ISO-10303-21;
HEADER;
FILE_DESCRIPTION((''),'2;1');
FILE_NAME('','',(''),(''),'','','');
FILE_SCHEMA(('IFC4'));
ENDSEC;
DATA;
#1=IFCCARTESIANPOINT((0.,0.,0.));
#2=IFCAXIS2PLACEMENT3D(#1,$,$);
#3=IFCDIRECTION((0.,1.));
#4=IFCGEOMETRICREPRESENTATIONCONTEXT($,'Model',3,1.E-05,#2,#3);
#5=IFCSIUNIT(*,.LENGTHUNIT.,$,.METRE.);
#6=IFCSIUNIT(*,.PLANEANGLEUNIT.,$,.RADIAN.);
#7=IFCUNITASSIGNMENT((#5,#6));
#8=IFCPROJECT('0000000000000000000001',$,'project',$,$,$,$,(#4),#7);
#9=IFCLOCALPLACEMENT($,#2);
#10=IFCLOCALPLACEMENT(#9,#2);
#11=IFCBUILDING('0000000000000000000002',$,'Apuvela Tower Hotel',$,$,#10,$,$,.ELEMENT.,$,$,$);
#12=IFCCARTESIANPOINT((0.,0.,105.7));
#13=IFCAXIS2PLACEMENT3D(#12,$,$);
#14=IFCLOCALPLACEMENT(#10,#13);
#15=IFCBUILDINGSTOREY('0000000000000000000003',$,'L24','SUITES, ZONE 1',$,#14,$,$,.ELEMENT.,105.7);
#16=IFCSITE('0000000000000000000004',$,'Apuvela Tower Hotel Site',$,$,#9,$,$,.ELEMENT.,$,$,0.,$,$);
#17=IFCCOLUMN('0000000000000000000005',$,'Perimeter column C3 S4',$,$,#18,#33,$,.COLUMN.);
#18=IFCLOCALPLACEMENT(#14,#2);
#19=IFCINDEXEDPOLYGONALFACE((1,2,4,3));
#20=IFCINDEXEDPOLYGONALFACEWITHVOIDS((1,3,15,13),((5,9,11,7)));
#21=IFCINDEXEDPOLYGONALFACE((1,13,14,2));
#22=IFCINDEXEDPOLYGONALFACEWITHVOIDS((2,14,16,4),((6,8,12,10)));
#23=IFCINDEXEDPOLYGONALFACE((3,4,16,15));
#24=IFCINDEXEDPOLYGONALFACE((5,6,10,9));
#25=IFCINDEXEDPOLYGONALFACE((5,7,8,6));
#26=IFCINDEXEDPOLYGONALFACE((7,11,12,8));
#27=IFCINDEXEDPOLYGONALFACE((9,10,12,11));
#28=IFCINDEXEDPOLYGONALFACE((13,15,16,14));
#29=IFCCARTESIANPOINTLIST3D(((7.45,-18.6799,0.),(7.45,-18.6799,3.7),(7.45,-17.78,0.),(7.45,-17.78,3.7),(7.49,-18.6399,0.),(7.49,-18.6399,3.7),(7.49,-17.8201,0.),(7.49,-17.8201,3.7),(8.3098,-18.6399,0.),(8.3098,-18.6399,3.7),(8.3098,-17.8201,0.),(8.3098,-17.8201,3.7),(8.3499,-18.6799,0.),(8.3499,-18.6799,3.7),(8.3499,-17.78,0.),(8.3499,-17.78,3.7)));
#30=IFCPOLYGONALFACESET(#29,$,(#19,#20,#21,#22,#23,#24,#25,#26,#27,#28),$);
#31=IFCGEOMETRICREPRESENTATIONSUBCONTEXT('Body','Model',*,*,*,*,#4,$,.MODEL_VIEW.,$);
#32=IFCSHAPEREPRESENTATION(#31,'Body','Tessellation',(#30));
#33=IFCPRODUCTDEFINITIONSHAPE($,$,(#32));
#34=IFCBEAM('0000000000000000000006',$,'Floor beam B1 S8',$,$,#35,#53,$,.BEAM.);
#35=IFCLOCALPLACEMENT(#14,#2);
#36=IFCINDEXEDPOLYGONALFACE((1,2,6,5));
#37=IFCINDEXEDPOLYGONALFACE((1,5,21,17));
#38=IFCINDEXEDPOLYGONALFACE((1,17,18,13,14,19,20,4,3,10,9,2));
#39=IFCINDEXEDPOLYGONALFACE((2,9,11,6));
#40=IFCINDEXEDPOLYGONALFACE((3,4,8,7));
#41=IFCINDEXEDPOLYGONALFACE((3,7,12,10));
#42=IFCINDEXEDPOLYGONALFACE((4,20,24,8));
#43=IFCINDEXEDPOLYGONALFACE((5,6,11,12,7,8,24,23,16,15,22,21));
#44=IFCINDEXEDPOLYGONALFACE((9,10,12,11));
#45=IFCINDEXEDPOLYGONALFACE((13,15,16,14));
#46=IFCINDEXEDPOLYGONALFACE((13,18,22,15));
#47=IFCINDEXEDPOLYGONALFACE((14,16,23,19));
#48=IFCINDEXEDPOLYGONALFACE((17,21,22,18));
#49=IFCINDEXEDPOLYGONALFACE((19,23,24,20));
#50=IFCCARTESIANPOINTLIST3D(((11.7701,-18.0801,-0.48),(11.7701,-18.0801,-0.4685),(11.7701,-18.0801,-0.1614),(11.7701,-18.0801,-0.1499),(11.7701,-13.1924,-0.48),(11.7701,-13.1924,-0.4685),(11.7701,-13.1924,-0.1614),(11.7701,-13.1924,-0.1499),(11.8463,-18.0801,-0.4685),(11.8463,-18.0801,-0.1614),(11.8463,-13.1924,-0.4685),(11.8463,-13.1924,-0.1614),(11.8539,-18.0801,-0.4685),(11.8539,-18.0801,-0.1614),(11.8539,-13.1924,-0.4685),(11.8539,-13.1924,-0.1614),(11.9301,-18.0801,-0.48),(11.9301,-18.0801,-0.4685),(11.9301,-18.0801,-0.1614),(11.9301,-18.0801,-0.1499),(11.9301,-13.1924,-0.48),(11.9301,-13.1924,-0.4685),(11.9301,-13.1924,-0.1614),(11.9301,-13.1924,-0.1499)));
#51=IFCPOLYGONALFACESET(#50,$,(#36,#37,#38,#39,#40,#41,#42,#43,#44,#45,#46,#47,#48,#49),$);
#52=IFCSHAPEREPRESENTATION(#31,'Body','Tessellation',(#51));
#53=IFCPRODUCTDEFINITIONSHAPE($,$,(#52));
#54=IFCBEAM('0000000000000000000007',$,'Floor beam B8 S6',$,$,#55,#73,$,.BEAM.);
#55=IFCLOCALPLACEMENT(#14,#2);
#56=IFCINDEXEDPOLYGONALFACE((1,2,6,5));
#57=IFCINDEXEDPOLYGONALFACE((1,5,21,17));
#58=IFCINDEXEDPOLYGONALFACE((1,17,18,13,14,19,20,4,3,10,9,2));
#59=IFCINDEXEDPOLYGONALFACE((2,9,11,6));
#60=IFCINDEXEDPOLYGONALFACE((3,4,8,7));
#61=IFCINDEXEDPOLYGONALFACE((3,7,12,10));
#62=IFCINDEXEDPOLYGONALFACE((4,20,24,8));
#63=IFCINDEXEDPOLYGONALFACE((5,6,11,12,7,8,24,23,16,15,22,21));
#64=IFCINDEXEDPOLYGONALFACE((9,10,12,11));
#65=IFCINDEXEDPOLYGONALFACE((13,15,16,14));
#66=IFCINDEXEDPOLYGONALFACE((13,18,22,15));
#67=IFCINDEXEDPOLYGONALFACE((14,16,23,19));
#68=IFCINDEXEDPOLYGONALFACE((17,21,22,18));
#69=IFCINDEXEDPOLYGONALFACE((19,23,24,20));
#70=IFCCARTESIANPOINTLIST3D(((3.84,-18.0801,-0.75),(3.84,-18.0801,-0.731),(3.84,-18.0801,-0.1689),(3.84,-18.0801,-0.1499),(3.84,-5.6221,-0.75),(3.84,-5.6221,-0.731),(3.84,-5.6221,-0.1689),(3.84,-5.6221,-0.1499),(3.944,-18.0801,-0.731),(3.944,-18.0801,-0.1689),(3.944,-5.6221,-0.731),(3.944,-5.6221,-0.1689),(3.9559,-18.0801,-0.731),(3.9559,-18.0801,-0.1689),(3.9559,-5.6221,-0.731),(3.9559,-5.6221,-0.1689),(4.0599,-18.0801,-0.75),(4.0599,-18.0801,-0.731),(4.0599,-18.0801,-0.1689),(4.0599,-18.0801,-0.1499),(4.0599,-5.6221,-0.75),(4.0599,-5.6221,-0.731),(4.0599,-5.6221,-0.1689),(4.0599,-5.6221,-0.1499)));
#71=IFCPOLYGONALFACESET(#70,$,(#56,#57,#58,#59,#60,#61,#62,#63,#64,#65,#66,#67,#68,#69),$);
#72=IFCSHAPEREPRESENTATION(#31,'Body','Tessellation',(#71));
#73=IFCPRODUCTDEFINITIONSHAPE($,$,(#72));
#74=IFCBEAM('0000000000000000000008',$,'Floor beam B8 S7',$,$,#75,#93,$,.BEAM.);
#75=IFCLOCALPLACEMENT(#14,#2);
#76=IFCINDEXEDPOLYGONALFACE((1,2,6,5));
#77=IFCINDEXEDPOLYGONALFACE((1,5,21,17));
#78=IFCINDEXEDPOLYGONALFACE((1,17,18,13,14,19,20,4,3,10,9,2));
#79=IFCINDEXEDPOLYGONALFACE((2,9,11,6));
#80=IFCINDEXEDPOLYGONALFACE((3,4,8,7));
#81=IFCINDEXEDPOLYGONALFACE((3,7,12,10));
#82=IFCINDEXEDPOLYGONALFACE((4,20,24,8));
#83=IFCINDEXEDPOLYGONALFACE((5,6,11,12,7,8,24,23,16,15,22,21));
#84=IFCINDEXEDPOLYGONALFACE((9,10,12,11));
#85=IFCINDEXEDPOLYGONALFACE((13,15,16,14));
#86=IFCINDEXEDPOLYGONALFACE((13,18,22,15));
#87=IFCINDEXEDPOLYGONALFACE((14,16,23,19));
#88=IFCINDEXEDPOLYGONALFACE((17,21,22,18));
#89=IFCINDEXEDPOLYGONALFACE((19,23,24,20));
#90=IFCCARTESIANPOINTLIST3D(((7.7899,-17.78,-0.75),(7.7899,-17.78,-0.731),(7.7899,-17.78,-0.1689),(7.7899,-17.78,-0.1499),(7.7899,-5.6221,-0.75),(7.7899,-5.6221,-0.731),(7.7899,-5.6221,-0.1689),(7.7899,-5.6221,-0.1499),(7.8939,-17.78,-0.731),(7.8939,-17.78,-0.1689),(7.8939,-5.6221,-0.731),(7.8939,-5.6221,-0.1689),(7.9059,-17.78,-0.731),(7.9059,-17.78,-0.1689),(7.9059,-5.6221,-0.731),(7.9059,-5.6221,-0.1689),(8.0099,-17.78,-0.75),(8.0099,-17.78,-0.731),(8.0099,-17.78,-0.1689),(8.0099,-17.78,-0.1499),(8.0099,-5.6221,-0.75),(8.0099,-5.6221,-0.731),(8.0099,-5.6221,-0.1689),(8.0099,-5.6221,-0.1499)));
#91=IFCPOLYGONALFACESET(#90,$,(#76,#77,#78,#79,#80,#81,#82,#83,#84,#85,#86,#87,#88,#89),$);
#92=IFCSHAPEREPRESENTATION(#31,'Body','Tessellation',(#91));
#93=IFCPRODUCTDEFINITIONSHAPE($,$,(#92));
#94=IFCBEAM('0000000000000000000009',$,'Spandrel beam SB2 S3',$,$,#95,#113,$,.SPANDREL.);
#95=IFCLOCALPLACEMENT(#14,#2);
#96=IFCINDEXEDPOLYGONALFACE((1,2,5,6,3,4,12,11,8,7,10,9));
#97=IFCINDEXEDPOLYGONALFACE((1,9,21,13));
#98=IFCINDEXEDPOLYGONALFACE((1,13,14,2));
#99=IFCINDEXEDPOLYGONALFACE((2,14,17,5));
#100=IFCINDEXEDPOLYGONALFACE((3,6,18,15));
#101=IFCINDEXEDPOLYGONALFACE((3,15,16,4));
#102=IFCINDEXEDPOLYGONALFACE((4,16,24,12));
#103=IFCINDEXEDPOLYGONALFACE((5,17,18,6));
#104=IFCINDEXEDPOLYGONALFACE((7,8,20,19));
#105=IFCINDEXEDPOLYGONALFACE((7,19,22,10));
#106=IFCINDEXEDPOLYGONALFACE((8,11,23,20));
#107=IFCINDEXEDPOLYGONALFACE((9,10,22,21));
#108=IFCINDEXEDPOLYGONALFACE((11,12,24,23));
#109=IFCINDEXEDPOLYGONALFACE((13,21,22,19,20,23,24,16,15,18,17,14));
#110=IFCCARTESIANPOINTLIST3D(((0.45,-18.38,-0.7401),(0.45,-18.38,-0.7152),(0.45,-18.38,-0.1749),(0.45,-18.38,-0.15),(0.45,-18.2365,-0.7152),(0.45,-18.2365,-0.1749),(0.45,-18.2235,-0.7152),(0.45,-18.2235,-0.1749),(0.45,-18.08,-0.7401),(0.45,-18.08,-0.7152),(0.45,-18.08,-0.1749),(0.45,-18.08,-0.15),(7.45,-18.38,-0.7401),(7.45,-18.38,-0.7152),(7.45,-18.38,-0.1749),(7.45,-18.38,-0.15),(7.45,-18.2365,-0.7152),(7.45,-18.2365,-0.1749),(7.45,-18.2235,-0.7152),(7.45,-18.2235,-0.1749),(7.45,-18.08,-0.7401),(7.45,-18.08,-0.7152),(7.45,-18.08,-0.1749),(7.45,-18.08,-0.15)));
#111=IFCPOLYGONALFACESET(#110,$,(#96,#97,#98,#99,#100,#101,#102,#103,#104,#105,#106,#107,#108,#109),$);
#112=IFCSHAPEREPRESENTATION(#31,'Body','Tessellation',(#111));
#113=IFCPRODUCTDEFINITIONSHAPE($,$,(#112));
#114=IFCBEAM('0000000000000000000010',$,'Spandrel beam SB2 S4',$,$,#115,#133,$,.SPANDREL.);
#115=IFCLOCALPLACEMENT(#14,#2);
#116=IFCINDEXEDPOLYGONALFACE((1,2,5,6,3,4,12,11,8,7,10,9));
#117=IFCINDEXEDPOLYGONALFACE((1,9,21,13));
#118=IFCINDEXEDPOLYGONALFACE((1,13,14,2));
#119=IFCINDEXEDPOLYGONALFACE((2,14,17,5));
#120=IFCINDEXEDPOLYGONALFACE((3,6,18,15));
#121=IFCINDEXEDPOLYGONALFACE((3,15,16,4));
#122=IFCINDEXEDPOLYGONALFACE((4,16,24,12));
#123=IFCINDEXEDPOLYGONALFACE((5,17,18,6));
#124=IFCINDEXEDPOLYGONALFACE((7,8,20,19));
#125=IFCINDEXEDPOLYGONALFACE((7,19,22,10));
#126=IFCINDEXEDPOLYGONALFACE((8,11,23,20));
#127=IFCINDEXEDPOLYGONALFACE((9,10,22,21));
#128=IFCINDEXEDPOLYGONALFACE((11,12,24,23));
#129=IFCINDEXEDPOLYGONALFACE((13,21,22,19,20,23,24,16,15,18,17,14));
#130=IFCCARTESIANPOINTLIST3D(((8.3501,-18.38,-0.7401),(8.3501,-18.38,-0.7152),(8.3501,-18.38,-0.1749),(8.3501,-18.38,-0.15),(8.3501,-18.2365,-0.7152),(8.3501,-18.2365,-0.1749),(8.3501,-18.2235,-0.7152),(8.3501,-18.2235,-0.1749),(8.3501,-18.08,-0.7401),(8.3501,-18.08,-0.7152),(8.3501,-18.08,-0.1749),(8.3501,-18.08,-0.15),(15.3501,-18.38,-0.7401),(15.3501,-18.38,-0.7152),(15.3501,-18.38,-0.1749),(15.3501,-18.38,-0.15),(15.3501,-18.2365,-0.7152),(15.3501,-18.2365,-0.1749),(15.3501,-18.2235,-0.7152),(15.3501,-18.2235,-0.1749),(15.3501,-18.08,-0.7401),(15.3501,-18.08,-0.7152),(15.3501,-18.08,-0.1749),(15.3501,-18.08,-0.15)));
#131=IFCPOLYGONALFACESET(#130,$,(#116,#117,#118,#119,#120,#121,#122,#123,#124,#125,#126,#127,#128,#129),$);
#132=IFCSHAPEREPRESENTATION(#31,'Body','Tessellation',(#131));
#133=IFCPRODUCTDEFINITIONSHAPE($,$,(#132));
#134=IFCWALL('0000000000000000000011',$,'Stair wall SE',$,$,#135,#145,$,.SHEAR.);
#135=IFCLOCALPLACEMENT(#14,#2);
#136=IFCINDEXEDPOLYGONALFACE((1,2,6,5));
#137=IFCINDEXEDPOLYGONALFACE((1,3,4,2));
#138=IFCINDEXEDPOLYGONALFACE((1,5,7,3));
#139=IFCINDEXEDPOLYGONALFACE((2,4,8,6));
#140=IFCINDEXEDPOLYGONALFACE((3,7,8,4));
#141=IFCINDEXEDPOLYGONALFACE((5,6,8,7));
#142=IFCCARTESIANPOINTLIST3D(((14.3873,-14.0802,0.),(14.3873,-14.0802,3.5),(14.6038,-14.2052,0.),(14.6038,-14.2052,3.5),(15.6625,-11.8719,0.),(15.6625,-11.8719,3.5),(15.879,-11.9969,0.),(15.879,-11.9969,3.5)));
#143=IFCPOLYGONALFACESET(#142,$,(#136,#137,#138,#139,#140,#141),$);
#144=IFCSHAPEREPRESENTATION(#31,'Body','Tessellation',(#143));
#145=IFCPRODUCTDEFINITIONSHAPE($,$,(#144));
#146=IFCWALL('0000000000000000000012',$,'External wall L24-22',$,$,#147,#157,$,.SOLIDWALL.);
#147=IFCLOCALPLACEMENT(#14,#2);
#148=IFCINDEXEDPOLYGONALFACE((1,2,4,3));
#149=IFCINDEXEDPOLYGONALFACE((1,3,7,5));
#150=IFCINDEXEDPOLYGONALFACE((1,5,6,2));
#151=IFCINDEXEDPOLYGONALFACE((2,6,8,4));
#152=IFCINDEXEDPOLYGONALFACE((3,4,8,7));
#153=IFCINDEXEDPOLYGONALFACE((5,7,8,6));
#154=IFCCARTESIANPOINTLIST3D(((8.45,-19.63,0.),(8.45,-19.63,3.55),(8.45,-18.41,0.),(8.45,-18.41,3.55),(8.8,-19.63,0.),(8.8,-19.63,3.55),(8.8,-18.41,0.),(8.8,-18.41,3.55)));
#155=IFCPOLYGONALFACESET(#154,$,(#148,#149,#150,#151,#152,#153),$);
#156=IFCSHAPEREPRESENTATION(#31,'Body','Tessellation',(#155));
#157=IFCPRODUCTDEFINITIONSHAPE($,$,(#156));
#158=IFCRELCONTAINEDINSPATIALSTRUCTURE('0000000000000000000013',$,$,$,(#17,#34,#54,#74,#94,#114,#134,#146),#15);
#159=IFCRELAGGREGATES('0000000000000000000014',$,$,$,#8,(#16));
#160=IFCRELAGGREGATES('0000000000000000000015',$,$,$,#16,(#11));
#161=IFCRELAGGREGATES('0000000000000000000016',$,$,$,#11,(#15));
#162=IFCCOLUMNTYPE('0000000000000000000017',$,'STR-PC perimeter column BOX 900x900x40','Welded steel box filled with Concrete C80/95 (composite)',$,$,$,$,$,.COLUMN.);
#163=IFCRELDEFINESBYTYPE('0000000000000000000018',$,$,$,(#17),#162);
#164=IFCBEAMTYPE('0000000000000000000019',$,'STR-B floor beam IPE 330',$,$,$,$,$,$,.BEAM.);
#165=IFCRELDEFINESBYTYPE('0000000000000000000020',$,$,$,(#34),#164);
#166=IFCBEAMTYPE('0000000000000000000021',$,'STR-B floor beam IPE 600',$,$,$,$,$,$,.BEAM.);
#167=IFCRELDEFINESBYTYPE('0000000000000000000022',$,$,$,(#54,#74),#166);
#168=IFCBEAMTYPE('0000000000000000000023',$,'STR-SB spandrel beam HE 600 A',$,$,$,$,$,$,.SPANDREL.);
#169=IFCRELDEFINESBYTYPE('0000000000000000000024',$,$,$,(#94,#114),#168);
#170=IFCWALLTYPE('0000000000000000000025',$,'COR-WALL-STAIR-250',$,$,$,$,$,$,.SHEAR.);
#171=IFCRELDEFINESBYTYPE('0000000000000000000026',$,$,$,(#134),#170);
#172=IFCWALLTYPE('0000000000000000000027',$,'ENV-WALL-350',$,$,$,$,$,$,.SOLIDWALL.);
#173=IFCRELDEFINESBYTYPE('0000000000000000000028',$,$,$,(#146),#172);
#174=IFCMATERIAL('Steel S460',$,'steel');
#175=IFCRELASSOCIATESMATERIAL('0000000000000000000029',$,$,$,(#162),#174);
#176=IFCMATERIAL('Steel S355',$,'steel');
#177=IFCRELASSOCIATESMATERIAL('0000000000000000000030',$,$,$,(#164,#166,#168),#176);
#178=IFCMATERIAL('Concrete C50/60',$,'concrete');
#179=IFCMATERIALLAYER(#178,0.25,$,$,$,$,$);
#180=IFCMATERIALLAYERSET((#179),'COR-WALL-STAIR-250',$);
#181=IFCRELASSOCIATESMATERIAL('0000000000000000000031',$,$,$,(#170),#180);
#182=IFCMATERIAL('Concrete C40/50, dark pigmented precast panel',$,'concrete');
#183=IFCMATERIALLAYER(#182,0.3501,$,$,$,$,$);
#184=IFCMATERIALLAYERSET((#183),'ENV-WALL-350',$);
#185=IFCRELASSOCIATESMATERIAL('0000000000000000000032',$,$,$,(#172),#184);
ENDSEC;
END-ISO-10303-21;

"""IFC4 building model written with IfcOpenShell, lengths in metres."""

from ifc_helpers import new_model, si_unit, direction, frame, frame_2d, origin, origin_2d, place, context, subcontext, project, spatial, rectangle, hollow_rectangle, i_section, extrude, material, layer, layer_set, material_profile, profile_set, type_object, element, save


model = new_model("IFC4")

# Units and contexts
model_context = context("Model", 3, precision=1e-05, world=origin(), true_north=direction((0.0, 1.0)))
body_context = subcontext(model_context, "Body", "Model", "MODEL_VIEW")
ifc_project = project(units=[si_unit("LENGTHUNIT", "METRE"), si_unit("PLANEANGLEUNIT", "RADIAN")], contexts=[model_context])

# Site, building, storey
site_placement = place(None, origin())
site = spatial("IfcSite", under=ifc_project, at=site_placement, Name="Apuvela Tower Hotel Site", CompositionType="ELEMENT", RefElevation=0.0)
building_placement = place(site_placement, origin())
building = spatial("IfcBuilding", under=site, at=building_placement, Name="Apuvela Tower Hotel", CompositionType="ELEMENT")
storey_placement = place(building_placement, frame((0.0, 0.0, 105.7)))
storey = spatial("IfcBuildingStorey", under=building, at=storey_placement, Name="L24", Description="SUITES, ZONE 1", CompositionType="ELEMENT", Elevation=105.7)

# Column
ifc_material_1 = material(Name="Steel S460", Category="steel")
ifc_material_profile_1 = material_profile(ifc_material_1, hollow_rectangle(XDim=0.8999, YDim=0.8999, WallThickness=0.04, at=origin_2d()), Name="BOX 900x900x40")
ifc_material_2 = material(Name="Concrete C80/95", Category="concrete")
ifc_material_profile_2 = material_profile(ifc_material_2, rectangle(XDim=0.8201, YDim=0.8201, at=origin_2d()), Name="Concrete C80/95 infill")
ifc_profile_set_1 = profile_set([ifc_material_profile_1, ifc_material_profile_2], Name="Steel S460")
column_type = type_object("IfcColumnType", Name="STR-PC perimeter column BOX 900x900x40", Description="Welded steel box filled with Concrete C80/95 (composite)", PredefinedType="COLUMN", material=ifc_profile_set_1)
column_placement = place(storey_placement, frame((7.8999, -18.23, 0.0), z_axis=(0.0, 0.0, 1.0), x_axis=(-1.0, 0.0, 0.0)))
element("IfcColumn", 1, at=column_placement, inside=storey, type_object=column_type, Name="Perimeter column C3 S4", PredefinedType="COLUMN", context=body_context, shape_type="SweptSolid", body=[
    extrude(hollow_rectangle(XDim=0.8999, YDim=0.8999, WallThickness=0.04, at=origin_2d()), origin(), (0.0, 0.0, 1.0), 3.7),
])

# Beams
ifc_material_3 = material(Name="Steel S355", Category="steel")
ifc_material_profile_3 = material_profile(ifc_material_3, i_section(OverallWidth=0.1599, OverallDepth=0.3301, WebThickness=0.0076, FlangeThickness=0.0115, at=origin_2d()), Name="IPE 330")
ifc_profile_set_2 = profile_set([ifc_material_profile_3], Name="Steel S355")
beam_type_1 = type_object("IfcBeamType", Name="STR-B floor beam IPE 330", PredefinedType="BEAM", material=ifc_profile_set_2)
beam_1_placement = place(storey_placement, frame((11.8501, -18.0801, -0.3149), z_axis=(0.0, 1.0, 0.0), x_axis=(-1.0, 0.0, 0.0)))
element("IfcBeam", 2, at=beam_1_placement, inside=storey, type_object=beam_type_1, Name="Floor beam B1 S8", PredefinedType="BEAM", context=body_context, shape_type="SweptSolid", body=[
    extrude(i_section(OverallWidth=0.1599, OverallDepth=0.3301, WebThickness=0.0076, FlangeThickness=0.0115, at=origin_2d()), origin(), (0.0, 0.0, 1.0), 4.8877),
])
ifc_material_profile_4 = material_profile(ifc_material_3, i_section(OverallWidth=0.22, OverallDepth=0.6001, WebThickness=0.012, FlangeThickness=0.019, at=origin_2d()), Name="IPE 600")
ifc_profile_set_3 = profile_set([ifc_material_profile_4], Name="Steel S355")
beam_type_2 = type_object("IfcBeamType", Name="STR-B floor beam IPE 600", PredefinedType="BEAM", material=ifc_profile_set_3)
beam_2_placement = place(storey_placement, frame((3.95, -18.0801, -0.45), z_axis=(0.0, 1.0, 0.0), x_axis=(-1.0, 0.0, 0.0)))
element("IfcBeam", 3, at=beam_2_placement, inside=storey, type_object=beam_type_2, Name="Floor beam B8 S6", PredefinedType="BEAM", context=body_context, shape_type="SweptSolid", body=[
    extrude(i_section(OverallWidth=0.22, OverallDepth=0.6001, WebThickness=0.012, FlangeThickness=0.019, at=origin_2d()), origin(), (0.0, 0.0, 1.0), 12.458),
])
beam_3_placement = place(storey_placement, frame((7.8999, -17.78, -0.45), z_axis=(0.0, 1.0, 0.0), x_axis=(-1.0, 0.0, 0.0)))
element("IfcBeam", 4, at=beam_3_placement, inside=storey, type_object=beam_type_2, Name="Floor beam B8 S7", PredefinedType="BEAM", context=body_context, shape_type="SweptSolid", body=[
    extrude(i_section(OverallWidth=0.22, OverallDepth=0.6001, WebThickness=0.012, FlangeThickness=0.019, at=origin_2d()), origin(), (0.0, 0.0, 1.0), 12.158),
])
ifc_material_profile_5 = material_profile(ifc_material_3, i_section(OverallWidth=0.3, OverallDepth=0.5901, WebThickness=0.0129, FlangeThickness=0.0249, at=origin_2d()), Name="HE 600 A")
ifc_profile_set_4 = profile_set([ifc_material_profile_5], Name="Steel S355")
beam_type_3 = type_object("IfcBeamType", Name="STR-SB spandrel beam HE 600 A", PredefinedType="SPANDREL", material=ifc_profile_set_4)
for number, where, z_axis, x_axis, name in (
    (5, (0.45, -18.23, -0.4451), (1.0, 0.0, 0.0), (0.0, 1.0, 0.0), "Spandrel beam SB2 S3"),
    (6, (8.3501, -18.23, -0.4451), (1.0, 0.0, 0.0), (0.0, 1.0, 0.0), "Spandrel beam SB2 S4"),
):
    element("IfcBeam", number, at=place(storey_placement, frame(where, z_axis=z_axis, x_axis=x_axis)), inside=storey, type_object=beam_type_3, Name=name, PredefinedType="SPANDREL", context=body_context, shape_type="SweptSolid", body=[
        extrude(i_section(OverallWidth=0.3, OverallDepth=0.5901, WebThickness=0.0129, FlangeThickness=0.0249, at=origin_2d()), origin(), (0.0, 0.0, 1.0), 7.0),
    ])

# Walls
ifc_material_4 = material(Name="Concrete C50/60", Category="concrete")
ifc_layer_1 = layer(ifc_material_4, 0.25)
ifc_layer_set_1 = layer_set([ifc_layer_1], Name="COR-WALL-STAIR-250")
wall_type_1 = type_object("IfcWallType", Name="COR-WALL-STAIR-250", PredefinedType="SHEAR", material=ifc_layer_set_1)
wall_1_placement = place(storey_placement, frame((14.4956, -14.1426, 0.0), z_axis=(0.0, 0.0, 1.0), x_axis=(0.500062, 0.865989, 0.0)))
element("IfcWall", 7, at=wall_1_placement, inside=storey, type_object=wall_type_1, Name="Stair wall SE", PredefinedType="SHEAR", context=body_context, shape_type="SweptSolid", body=[
    extrude(rectangle(XDim=2.55, YDim=0.25, at=frame_2d((1.2749, 0.0))), origin(), (0.0, 0.0, 1.0), 3.5),
])
ifc_material_5 = material(Name="Concrete C40/50, dark pigmented precast panel", Category="concrete")
ifc_layer_2 = layer(ifc_material_5, 0.3501)
ifc_layer_set_2 = layer_set([ifc_layer_2], Name="ENV-WALL-350")
wall_type_2 = type_object("IfcWallType", Name="ENV-WALL-350", PredefinedType="SOLIDWALL", material=ifc_layer_set_2)
wall_2_placement = place(storey_placement, frame((8.625, -19.6299, 0.0), z_axis=(0.0, 0.0, 1.0), x_axis=(0.0, 1.0, 0.0)))
element("IfcWall", 8, at=wall_2_placement, inside=storey, type_object=wall_type_2, Name="External wall L24-22", PredefinedType="SOLIDWALL", context=body_context, shape_type="SweptSolid", body=[
    extrude(rectangle(XDim=1.22, YDim=0.3501, at=frame_2d((0.6099, 0.0))), origin(), (0.0, 0.0, 1.0), 3.55),
])

save(model, "model.ifc")
